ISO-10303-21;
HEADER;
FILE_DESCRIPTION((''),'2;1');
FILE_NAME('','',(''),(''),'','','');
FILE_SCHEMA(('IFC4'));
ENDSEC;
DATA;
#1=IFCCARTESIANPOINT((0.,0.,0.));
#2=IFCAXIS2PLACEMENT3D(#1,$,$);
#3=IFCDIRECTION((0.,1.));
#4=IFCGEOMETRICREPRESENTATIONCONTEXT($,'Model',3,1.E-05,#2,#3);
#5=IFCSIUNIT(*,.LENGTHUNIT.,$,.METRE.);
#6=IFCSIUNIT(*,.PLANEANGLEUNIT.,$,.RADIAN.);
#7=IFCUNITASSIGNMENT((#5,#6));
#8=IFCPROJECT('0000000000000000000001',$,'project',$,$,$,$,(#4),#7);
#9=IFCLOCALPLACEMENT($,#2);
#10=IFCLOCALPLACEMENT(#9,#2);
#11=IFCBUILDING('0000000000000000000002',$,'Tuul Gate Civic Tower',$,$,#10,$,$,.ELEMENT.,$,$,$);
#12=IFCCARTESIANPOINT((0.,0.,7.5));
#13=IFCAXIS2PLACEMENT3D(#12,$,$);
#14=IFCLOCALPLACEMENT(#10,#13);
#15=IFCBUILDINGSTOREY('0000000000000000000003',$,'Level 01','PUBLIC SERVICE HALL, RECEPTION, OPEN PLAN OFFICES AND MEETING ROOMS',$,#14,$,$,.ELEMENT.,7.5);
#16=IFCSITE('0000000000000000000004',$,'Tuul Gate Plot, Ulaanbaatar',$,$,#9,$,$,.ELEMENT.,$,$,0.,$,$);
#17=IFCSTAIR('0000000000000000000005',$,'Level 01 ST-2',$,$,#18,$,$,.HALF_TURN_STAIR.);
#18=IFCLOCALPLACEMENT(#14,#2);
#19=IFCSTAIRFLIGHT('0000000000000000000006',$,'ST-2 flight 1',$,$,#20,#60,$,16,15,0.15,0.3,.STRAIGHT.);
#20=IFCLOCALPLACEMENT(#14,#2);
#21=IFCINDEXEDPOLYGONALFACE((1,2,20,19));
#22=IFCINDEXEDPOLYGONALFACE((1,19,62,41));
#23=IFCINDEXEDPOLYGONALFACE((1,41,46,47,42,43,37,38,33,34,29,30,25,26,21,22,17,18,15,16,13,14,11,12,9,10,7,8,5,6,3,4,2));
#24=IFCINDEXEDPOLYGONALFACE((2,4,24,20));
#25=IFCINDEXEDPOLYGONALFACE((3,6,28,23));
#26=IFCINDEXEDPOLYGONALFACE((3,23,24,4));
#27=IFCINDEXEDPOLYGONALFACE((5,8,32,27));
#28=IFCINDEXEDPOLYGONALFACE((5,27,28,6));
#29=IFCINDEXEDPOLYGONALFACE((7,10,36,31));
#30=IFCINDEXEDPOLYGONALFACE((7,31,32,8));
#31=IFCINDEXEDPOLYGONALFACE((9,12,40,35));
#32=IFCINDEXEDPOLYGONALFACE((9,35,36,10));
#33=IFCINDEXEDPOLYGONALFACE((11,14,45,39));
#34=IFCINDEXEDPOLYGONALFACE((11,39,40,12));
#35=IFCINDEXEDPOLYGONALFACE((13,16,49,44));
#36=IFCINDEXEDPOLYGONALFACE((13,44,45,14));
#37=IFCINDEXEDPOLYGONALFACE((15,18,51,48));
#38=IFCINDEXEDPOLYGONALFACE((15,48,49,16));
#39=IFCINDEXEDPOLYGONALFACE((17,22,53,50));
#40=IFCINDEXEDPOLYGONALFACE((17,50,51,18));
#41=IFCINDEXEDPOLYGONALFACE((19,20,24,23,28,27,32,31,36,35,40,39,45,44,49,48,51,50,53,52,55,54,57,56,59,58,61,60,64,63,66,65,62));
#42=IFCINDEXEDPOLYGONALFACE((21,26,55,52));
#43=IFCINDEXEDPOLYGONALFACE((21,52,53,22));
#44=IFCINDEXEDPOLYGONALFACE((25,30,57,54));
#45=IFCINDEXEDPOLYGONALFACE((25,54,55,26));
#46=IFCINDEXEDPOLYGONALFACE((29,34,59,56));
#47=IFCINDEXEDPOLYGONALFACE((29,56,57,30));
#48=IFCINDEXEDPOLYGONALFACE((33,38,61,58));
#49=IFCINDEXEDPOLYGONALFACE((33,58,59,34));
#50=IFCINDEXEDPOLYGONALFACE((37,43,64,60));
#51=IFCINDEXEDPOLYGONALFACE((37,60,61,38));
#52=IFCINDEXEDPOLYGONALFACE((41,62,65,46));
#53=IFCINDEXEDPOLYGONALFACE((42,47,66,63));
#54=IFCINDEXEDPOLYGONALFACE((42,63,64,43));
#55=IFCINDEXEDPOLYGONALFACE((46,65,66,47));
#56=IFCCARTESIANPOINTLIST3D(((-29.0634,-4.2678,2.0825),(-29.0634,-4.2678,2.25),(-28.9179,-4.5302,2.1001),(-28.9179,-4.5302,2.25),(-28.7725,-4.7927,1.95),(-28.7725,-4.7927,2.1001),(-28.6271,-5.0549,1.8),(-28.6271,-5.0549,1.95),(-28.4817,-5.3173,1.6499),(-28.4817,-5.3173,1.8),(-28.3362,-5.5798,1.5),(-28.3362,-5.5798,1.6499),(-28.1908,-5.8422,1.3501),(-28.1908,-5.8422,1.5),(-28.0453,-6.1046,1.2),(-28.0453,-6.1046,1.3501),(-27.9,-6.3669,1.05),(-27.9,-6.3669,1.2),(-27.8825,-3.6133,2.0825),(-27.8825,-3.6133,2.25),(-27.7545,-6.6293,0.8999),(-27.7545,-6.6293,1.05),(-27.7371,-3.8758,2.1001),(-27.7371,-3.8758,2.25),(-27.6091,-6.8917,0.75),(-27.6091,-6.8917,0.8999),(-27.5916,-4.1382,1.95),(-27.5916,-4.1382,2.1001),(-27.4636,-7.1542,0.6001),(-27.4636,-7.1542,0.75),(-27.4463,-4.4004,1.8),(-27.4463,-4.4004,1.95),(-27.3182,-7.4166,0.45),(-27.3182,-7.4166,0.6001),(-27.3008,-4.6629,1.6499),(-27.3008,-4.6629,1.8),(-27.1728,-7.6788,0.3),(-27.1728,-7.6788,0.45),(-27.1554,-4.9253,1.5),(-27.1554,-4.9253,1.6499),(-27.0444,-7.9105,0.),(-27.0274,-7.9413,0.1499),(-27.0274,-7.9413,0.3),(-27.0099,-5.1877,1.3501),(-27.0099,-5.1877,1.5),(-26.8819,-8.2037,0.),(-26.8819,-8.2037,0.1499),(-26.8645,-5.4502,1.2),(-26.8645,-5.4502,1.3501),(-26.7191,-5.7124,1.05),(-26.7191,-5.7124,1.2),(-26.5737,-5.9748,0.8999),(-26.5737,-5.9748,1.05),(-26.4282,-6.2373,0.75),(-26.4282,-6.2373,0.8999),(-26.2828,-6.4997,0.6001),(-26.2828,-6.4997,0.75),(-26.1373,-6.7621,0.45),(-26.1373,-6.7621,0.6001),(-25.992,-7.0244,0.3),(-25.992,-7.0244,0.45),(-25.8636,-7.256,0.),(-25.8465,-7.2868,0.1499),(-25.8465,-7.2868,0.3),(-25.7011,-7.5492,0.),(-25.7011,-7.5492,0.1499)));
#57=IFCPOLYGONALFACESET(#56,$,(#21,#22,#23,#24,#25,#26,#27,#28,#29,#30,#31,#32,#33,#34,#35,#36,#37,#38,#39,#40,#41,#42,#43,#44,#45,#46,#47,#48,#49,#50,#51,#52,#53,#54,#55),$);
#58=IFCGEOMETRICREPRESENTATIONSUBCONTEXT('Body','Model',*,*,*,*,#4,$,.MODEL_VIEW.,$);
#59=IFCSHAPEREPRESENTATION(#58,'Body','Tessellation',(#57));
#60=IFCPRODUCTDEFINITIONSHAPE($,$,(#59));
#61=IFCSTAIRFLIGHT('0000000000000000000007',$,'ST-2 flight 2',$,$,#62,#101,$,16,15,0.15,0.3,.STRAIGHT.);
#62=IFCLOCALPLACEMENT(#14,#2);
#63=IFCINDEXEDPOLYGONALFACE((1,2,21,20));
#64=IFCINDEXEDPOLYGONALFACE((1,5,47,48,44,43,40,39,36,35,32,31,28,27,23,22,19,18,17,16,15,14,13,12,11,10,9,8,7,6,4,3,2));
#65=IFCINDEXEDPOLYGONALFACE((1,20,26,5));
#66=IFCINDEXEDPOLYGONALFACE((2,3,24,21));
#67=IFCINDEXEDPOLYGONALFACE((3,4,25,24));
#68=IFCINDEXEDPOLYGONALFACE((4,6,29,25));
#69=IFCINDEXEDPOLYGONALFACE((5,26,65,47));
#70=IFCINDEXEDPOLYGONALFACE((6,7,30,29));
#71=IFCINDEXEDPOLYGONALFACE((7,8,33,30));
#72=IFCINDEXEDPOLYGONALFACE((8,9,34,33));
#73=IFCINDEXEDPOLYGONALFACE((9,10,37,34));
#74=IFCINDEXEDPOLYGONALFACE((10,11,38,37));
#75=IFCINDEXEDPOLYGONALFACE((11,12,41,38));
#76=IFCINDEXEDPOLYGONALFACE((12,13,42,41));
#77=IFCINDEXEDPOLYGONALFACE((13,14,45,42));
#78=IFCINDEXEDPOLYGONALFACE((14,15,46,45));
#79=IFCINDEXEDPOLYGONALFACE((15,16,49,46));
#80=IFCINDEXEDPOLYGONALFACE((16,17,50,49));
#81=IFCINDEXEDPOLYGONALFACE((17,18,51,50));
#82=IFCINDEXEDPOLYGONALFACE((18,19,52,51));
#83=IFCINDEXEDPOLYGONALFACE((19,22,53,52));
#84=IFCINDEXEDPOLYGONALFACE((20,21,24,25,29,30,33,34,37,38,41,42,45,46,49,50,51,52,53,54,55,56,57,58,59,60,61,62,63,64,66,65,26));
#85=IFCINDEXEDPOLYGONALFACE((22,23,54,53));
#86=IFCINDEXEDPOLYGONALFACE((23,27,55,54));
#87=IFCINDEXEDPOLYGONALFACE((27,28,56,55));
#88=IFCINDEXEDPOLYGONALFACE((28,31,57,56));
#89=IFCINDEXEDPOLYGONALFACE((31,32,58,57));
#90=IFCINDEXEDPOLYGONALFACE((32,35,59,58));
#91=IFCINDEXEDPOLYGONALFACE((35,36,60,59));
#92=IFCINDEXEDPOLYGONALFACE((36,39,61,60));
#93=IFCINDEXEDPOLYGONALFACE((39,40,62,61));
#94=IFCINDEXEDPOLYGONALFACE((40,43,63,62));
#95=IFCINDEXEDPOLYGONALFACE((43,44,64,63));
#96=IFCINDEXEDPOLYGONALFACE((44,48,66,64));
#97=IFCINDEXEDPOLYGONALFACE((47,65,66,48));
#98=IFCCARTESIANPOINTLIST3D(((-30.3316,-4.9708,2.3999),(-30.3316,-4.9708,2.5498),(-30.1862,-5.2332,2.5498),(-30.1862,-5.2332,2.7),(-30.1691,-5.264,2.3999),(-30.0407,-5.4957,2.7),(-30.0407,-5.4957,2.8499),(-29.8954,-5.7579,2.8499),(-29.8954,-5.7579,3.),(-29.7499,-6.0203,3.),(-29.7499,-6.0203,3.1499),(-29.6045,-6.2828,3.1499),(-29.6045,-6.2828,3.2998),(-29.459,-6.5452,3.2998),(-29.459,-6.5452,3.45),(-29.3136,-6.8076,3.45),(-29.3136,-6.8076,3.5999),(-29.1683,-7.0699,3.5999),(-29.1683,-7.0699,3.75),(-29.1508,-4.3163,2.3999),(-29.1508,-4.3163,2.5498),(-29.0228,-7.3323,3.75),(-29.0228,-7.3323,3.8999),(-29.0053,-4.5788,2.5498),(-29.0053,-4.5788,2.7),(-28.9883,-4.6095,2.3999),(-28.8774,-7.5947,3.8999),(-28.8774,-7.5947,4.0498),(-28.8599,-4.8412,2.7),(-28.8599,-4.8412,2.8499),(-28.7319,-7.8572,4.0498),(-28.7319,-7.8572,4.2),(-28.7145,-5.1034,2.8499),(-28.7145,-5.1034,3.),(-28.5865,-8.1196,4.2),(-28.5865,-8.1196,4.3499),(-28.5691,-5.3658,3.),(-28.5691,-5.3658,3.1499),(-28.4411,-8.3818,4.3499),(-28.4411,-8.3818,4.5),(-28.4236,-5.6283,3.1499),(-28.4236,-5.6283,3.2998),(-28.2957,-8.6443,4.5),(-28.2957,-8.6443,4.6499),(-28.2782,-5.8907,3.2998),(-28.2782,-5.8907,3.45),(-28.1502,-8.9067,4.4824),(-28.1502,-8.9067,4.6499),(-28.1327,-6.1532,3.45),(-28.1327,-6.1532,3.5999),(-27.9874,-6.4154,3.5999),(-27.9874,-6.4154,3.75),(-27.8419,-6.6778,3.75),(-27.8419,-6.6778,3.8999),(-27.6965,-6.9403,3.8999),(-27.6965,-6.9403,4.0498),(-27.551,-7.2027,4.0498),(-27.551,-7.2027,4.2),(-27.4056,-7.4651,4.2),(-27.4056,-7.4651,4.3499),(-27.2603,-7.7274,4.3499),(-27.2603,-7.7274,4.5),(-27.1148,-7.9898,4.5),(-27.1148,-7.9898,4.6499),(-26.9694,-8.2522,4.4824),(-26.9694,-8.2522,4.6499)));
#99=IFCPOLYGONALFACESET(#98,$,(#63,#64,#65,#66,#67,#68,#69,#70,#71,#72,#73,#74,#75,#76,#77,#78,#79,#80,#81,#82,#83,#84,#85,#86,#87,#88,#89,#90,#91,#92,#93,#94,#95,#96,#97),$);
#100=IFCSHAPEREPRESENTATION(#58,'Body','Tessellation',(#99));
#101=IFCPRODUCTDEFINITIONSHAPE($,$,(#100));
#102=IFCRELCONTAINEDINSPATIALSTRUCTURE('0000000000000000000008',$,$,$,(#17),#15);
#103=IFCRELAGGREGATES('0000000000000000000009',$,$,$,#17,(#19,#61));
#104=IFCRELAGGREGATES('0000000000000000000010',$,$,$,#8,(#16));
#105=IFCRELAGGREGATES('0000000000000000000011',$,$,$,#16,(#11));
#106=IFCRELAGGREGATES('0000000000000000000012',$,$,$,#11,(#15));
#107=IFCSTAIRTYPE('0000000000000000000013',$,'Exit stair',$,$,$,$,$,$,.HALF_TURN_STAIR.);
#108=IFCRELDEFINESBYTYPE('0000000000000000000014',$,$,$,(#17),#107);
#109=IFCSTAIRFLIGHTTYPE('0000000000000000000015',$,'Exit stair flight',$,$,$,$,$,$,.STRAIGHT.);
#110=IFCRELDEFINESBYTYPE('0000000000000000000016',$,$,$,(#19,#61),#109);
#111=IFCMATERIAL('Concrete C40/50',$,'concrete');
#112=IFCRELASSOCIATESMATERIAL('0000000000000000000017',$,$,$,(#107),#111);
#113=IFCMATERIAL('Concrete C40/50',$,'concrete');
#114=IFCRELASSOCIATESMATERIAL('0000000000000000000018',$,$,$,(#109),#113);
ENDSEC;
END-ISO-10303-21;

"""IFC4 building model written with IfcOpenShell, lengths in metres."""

from ifc_helpers import new_model, si_unit, direction, frame, origin, place, context, subcontext, project, spatial, polyline, outline, extrude, material, type_object, element, aggregate, save


model = new_model("IFC4")

# Units and contexts
model_context = context("Model", 3, precision=1e-05, world=origin(), true_north=direction((0.0, 1.0)))
body_context = subcontext(model_context, "Body", "Model", "MODEL_VIEW")
ifc_project = project(units=[si_unit("LENGTHUNIT", "METRE"), si_unit("PLANEANGLEUNIT", "RADIAN")], contexts=[model_context])

# Site, building, storey
site_placement = place(None, origin())
site = spatial("IfcSite", under=ifc_project, at=site_placement, Name="Tuul Gate Plot, Ulaanbaatar", CompositionType="ELEMENT", RefElevation=0.0)
building_placement = place(site_placement, origin())
building = spatial("IfcBuilding", under=site, at=building_placement, Name="Tuul Gate Civic Tower", CompositionType="ELEMENT")
storey_placement = place(building_placement, frame((0.0, 0.0, 7.5)))
storey = spatial("IfcBuildingStorey", under=building, at=storey_placement, Name="Level 01", Description="PUBLIC SERVICE HALL, RECEPTION, OPEN PLAN OFFICES AND MEETING ROOMS", CompositionType="ELEMENT", Elevation=7.5)

# Stair, stair flights
ifc_material_1 = material(Name="Concrete C40/50", Category="concrete")
stair_type = type_object("IfcStairType", Name="Exit stair", PredefinedType="HALF_TURN_STAIR", material=ifc_material_1)
stair_placement = place(storey_placement, origin())
stair = element("IfcStair", 1, at=stair_placement, inside=storey, type_object=stair_type, Name="Level 01 ST-2", PredefinedType="HALF_TURN_STAIR")
ifc_material_2 = material(Name="Concrete C40/50", Category="concrete")
stair_flight_type = type_object("IfcStairFlightType", Name="Exit stair flight", PredefinedType="STRAIGHT", material=ifc_material_2)
stair_flight_1_placement = place(storey_placement, frame((-26.2915, -7.8765, 0.0), z_axis=(0.0, 0.0, 1.0), x_axis=(-0.484762, 0.874646, 0.0)))
stair_flight_1 = element("IfcStairFlight", 2, at=stair_flight_1_placement, type_object=stair_flight_type, Name="ST-2 flight 1", NumberOfRisers=16, NumberOfTreads=15, PredefinedType="STRAIGHT", RiserHeight=0.15, TreadLength=0.3, context=body_context, shape_type="SweptSolid", body=[
    extrude(outline(polyline([(0.0, 0.0), (0.0, 0.1499), (0.3, 0.1499), (0.3, 0.3), (0.6001, 0.3), (0.6001, 0.45), (0.8999, 0.45), (0.8999, 0.6001), (1.2, 0.6001), (1.2, 0.75), (1.5, 0.75), (1.5, 0.8999), (1.8, 0.8999), (1.8, 1.05), (2.1001, 1.05), (2.1001, 1.2), (2.3999, 1.2), (2.3999, 1.3501), (2.7, 1.3501), (2.7, 1.5), (3.0, 1.5), (3.0, 1.6499), (3.3, 1.6499), (3.3, 1.8), (3.6001, 1.8), (3.6001, 1.95), (3.8999, 1.95), (3.8999, 2.1001), (4.2, 2.1001), (4.2, 2.25), (4.5, 2.25), (4.5, 2.3999), (4.5, 2.0825), (0.3352, 0.0), (0.0, 0.0)])), frame((0.0, 0.675, 0.0), z_axis=(0.0, -1.0, 0.0), x_axis=(1.0, 0.0, 0.0)), (0.0, 0.0, 1.0), 1.3501),
])
stair_flight_2_placement = place(storey_placement, frame((-29.7412, -4.6436, 2.3999), z_axis=(0.0, 0.0, 1.0), x_axis=(0.484762, -0.874646, 0.0)))
stair_flight_2 = element("IfcStairFlight", 3, at=stair_flight_2_placement, type_object=stair_flight_type, Name="ST-2 flight 2", NumberOfRisers=16, NumberOfTreads=15, PredefinedType="STRAIGHT", RiserHeight=0.15, TreadLength=0.3, context=body_context, shape_type="SweptSolid", body=[
    extrude(outline(polyline([(0.0, 0.0), (0.0, 0.1499), (0.3, 0.1499), (0.3, 0.3), (0.6001, 0.3), (0.6001, 0.45), (0.8999, 0.45), (0.8999, 0.6001), (1.2, 0.6001), (1.2, 0.75), (1.5, 0.75), (1.5, 0.8999), (1.8, 0.8999), (1.8, 1.05), (2.1001, 1.05), (2.1001, 1.2), (2.3999, 1.2), (2.3999, 1.3501), (2.7, 1.3501), (2.7, 1.5), (3.0, 1.5), (3.0, 1.6499), (3.3, 1.6499), (3.3, 1.8), (3.6001, 1.8), (3.6001, 1.95), (3.8999, 1.95), (3.8999, 2.1001), (4.2, 2.1001), (4.2, 2.25), (4.5, 2.25), (4.5, 2.3999), (4.5, 2.0825), (0.3352, 0.0), (0.0, 0.0)])), frame((0.0, 0.675, 0.0), z_axis=(0.0, -1.0, 0.0), x_axis=(1.0, 0.0, 0.0)), (0.0, 0.0, 1.0), 1.3501),
])
aggregate(stair, [stair_flight_1, stair_flight_2])

save(model, "model.ifc")
